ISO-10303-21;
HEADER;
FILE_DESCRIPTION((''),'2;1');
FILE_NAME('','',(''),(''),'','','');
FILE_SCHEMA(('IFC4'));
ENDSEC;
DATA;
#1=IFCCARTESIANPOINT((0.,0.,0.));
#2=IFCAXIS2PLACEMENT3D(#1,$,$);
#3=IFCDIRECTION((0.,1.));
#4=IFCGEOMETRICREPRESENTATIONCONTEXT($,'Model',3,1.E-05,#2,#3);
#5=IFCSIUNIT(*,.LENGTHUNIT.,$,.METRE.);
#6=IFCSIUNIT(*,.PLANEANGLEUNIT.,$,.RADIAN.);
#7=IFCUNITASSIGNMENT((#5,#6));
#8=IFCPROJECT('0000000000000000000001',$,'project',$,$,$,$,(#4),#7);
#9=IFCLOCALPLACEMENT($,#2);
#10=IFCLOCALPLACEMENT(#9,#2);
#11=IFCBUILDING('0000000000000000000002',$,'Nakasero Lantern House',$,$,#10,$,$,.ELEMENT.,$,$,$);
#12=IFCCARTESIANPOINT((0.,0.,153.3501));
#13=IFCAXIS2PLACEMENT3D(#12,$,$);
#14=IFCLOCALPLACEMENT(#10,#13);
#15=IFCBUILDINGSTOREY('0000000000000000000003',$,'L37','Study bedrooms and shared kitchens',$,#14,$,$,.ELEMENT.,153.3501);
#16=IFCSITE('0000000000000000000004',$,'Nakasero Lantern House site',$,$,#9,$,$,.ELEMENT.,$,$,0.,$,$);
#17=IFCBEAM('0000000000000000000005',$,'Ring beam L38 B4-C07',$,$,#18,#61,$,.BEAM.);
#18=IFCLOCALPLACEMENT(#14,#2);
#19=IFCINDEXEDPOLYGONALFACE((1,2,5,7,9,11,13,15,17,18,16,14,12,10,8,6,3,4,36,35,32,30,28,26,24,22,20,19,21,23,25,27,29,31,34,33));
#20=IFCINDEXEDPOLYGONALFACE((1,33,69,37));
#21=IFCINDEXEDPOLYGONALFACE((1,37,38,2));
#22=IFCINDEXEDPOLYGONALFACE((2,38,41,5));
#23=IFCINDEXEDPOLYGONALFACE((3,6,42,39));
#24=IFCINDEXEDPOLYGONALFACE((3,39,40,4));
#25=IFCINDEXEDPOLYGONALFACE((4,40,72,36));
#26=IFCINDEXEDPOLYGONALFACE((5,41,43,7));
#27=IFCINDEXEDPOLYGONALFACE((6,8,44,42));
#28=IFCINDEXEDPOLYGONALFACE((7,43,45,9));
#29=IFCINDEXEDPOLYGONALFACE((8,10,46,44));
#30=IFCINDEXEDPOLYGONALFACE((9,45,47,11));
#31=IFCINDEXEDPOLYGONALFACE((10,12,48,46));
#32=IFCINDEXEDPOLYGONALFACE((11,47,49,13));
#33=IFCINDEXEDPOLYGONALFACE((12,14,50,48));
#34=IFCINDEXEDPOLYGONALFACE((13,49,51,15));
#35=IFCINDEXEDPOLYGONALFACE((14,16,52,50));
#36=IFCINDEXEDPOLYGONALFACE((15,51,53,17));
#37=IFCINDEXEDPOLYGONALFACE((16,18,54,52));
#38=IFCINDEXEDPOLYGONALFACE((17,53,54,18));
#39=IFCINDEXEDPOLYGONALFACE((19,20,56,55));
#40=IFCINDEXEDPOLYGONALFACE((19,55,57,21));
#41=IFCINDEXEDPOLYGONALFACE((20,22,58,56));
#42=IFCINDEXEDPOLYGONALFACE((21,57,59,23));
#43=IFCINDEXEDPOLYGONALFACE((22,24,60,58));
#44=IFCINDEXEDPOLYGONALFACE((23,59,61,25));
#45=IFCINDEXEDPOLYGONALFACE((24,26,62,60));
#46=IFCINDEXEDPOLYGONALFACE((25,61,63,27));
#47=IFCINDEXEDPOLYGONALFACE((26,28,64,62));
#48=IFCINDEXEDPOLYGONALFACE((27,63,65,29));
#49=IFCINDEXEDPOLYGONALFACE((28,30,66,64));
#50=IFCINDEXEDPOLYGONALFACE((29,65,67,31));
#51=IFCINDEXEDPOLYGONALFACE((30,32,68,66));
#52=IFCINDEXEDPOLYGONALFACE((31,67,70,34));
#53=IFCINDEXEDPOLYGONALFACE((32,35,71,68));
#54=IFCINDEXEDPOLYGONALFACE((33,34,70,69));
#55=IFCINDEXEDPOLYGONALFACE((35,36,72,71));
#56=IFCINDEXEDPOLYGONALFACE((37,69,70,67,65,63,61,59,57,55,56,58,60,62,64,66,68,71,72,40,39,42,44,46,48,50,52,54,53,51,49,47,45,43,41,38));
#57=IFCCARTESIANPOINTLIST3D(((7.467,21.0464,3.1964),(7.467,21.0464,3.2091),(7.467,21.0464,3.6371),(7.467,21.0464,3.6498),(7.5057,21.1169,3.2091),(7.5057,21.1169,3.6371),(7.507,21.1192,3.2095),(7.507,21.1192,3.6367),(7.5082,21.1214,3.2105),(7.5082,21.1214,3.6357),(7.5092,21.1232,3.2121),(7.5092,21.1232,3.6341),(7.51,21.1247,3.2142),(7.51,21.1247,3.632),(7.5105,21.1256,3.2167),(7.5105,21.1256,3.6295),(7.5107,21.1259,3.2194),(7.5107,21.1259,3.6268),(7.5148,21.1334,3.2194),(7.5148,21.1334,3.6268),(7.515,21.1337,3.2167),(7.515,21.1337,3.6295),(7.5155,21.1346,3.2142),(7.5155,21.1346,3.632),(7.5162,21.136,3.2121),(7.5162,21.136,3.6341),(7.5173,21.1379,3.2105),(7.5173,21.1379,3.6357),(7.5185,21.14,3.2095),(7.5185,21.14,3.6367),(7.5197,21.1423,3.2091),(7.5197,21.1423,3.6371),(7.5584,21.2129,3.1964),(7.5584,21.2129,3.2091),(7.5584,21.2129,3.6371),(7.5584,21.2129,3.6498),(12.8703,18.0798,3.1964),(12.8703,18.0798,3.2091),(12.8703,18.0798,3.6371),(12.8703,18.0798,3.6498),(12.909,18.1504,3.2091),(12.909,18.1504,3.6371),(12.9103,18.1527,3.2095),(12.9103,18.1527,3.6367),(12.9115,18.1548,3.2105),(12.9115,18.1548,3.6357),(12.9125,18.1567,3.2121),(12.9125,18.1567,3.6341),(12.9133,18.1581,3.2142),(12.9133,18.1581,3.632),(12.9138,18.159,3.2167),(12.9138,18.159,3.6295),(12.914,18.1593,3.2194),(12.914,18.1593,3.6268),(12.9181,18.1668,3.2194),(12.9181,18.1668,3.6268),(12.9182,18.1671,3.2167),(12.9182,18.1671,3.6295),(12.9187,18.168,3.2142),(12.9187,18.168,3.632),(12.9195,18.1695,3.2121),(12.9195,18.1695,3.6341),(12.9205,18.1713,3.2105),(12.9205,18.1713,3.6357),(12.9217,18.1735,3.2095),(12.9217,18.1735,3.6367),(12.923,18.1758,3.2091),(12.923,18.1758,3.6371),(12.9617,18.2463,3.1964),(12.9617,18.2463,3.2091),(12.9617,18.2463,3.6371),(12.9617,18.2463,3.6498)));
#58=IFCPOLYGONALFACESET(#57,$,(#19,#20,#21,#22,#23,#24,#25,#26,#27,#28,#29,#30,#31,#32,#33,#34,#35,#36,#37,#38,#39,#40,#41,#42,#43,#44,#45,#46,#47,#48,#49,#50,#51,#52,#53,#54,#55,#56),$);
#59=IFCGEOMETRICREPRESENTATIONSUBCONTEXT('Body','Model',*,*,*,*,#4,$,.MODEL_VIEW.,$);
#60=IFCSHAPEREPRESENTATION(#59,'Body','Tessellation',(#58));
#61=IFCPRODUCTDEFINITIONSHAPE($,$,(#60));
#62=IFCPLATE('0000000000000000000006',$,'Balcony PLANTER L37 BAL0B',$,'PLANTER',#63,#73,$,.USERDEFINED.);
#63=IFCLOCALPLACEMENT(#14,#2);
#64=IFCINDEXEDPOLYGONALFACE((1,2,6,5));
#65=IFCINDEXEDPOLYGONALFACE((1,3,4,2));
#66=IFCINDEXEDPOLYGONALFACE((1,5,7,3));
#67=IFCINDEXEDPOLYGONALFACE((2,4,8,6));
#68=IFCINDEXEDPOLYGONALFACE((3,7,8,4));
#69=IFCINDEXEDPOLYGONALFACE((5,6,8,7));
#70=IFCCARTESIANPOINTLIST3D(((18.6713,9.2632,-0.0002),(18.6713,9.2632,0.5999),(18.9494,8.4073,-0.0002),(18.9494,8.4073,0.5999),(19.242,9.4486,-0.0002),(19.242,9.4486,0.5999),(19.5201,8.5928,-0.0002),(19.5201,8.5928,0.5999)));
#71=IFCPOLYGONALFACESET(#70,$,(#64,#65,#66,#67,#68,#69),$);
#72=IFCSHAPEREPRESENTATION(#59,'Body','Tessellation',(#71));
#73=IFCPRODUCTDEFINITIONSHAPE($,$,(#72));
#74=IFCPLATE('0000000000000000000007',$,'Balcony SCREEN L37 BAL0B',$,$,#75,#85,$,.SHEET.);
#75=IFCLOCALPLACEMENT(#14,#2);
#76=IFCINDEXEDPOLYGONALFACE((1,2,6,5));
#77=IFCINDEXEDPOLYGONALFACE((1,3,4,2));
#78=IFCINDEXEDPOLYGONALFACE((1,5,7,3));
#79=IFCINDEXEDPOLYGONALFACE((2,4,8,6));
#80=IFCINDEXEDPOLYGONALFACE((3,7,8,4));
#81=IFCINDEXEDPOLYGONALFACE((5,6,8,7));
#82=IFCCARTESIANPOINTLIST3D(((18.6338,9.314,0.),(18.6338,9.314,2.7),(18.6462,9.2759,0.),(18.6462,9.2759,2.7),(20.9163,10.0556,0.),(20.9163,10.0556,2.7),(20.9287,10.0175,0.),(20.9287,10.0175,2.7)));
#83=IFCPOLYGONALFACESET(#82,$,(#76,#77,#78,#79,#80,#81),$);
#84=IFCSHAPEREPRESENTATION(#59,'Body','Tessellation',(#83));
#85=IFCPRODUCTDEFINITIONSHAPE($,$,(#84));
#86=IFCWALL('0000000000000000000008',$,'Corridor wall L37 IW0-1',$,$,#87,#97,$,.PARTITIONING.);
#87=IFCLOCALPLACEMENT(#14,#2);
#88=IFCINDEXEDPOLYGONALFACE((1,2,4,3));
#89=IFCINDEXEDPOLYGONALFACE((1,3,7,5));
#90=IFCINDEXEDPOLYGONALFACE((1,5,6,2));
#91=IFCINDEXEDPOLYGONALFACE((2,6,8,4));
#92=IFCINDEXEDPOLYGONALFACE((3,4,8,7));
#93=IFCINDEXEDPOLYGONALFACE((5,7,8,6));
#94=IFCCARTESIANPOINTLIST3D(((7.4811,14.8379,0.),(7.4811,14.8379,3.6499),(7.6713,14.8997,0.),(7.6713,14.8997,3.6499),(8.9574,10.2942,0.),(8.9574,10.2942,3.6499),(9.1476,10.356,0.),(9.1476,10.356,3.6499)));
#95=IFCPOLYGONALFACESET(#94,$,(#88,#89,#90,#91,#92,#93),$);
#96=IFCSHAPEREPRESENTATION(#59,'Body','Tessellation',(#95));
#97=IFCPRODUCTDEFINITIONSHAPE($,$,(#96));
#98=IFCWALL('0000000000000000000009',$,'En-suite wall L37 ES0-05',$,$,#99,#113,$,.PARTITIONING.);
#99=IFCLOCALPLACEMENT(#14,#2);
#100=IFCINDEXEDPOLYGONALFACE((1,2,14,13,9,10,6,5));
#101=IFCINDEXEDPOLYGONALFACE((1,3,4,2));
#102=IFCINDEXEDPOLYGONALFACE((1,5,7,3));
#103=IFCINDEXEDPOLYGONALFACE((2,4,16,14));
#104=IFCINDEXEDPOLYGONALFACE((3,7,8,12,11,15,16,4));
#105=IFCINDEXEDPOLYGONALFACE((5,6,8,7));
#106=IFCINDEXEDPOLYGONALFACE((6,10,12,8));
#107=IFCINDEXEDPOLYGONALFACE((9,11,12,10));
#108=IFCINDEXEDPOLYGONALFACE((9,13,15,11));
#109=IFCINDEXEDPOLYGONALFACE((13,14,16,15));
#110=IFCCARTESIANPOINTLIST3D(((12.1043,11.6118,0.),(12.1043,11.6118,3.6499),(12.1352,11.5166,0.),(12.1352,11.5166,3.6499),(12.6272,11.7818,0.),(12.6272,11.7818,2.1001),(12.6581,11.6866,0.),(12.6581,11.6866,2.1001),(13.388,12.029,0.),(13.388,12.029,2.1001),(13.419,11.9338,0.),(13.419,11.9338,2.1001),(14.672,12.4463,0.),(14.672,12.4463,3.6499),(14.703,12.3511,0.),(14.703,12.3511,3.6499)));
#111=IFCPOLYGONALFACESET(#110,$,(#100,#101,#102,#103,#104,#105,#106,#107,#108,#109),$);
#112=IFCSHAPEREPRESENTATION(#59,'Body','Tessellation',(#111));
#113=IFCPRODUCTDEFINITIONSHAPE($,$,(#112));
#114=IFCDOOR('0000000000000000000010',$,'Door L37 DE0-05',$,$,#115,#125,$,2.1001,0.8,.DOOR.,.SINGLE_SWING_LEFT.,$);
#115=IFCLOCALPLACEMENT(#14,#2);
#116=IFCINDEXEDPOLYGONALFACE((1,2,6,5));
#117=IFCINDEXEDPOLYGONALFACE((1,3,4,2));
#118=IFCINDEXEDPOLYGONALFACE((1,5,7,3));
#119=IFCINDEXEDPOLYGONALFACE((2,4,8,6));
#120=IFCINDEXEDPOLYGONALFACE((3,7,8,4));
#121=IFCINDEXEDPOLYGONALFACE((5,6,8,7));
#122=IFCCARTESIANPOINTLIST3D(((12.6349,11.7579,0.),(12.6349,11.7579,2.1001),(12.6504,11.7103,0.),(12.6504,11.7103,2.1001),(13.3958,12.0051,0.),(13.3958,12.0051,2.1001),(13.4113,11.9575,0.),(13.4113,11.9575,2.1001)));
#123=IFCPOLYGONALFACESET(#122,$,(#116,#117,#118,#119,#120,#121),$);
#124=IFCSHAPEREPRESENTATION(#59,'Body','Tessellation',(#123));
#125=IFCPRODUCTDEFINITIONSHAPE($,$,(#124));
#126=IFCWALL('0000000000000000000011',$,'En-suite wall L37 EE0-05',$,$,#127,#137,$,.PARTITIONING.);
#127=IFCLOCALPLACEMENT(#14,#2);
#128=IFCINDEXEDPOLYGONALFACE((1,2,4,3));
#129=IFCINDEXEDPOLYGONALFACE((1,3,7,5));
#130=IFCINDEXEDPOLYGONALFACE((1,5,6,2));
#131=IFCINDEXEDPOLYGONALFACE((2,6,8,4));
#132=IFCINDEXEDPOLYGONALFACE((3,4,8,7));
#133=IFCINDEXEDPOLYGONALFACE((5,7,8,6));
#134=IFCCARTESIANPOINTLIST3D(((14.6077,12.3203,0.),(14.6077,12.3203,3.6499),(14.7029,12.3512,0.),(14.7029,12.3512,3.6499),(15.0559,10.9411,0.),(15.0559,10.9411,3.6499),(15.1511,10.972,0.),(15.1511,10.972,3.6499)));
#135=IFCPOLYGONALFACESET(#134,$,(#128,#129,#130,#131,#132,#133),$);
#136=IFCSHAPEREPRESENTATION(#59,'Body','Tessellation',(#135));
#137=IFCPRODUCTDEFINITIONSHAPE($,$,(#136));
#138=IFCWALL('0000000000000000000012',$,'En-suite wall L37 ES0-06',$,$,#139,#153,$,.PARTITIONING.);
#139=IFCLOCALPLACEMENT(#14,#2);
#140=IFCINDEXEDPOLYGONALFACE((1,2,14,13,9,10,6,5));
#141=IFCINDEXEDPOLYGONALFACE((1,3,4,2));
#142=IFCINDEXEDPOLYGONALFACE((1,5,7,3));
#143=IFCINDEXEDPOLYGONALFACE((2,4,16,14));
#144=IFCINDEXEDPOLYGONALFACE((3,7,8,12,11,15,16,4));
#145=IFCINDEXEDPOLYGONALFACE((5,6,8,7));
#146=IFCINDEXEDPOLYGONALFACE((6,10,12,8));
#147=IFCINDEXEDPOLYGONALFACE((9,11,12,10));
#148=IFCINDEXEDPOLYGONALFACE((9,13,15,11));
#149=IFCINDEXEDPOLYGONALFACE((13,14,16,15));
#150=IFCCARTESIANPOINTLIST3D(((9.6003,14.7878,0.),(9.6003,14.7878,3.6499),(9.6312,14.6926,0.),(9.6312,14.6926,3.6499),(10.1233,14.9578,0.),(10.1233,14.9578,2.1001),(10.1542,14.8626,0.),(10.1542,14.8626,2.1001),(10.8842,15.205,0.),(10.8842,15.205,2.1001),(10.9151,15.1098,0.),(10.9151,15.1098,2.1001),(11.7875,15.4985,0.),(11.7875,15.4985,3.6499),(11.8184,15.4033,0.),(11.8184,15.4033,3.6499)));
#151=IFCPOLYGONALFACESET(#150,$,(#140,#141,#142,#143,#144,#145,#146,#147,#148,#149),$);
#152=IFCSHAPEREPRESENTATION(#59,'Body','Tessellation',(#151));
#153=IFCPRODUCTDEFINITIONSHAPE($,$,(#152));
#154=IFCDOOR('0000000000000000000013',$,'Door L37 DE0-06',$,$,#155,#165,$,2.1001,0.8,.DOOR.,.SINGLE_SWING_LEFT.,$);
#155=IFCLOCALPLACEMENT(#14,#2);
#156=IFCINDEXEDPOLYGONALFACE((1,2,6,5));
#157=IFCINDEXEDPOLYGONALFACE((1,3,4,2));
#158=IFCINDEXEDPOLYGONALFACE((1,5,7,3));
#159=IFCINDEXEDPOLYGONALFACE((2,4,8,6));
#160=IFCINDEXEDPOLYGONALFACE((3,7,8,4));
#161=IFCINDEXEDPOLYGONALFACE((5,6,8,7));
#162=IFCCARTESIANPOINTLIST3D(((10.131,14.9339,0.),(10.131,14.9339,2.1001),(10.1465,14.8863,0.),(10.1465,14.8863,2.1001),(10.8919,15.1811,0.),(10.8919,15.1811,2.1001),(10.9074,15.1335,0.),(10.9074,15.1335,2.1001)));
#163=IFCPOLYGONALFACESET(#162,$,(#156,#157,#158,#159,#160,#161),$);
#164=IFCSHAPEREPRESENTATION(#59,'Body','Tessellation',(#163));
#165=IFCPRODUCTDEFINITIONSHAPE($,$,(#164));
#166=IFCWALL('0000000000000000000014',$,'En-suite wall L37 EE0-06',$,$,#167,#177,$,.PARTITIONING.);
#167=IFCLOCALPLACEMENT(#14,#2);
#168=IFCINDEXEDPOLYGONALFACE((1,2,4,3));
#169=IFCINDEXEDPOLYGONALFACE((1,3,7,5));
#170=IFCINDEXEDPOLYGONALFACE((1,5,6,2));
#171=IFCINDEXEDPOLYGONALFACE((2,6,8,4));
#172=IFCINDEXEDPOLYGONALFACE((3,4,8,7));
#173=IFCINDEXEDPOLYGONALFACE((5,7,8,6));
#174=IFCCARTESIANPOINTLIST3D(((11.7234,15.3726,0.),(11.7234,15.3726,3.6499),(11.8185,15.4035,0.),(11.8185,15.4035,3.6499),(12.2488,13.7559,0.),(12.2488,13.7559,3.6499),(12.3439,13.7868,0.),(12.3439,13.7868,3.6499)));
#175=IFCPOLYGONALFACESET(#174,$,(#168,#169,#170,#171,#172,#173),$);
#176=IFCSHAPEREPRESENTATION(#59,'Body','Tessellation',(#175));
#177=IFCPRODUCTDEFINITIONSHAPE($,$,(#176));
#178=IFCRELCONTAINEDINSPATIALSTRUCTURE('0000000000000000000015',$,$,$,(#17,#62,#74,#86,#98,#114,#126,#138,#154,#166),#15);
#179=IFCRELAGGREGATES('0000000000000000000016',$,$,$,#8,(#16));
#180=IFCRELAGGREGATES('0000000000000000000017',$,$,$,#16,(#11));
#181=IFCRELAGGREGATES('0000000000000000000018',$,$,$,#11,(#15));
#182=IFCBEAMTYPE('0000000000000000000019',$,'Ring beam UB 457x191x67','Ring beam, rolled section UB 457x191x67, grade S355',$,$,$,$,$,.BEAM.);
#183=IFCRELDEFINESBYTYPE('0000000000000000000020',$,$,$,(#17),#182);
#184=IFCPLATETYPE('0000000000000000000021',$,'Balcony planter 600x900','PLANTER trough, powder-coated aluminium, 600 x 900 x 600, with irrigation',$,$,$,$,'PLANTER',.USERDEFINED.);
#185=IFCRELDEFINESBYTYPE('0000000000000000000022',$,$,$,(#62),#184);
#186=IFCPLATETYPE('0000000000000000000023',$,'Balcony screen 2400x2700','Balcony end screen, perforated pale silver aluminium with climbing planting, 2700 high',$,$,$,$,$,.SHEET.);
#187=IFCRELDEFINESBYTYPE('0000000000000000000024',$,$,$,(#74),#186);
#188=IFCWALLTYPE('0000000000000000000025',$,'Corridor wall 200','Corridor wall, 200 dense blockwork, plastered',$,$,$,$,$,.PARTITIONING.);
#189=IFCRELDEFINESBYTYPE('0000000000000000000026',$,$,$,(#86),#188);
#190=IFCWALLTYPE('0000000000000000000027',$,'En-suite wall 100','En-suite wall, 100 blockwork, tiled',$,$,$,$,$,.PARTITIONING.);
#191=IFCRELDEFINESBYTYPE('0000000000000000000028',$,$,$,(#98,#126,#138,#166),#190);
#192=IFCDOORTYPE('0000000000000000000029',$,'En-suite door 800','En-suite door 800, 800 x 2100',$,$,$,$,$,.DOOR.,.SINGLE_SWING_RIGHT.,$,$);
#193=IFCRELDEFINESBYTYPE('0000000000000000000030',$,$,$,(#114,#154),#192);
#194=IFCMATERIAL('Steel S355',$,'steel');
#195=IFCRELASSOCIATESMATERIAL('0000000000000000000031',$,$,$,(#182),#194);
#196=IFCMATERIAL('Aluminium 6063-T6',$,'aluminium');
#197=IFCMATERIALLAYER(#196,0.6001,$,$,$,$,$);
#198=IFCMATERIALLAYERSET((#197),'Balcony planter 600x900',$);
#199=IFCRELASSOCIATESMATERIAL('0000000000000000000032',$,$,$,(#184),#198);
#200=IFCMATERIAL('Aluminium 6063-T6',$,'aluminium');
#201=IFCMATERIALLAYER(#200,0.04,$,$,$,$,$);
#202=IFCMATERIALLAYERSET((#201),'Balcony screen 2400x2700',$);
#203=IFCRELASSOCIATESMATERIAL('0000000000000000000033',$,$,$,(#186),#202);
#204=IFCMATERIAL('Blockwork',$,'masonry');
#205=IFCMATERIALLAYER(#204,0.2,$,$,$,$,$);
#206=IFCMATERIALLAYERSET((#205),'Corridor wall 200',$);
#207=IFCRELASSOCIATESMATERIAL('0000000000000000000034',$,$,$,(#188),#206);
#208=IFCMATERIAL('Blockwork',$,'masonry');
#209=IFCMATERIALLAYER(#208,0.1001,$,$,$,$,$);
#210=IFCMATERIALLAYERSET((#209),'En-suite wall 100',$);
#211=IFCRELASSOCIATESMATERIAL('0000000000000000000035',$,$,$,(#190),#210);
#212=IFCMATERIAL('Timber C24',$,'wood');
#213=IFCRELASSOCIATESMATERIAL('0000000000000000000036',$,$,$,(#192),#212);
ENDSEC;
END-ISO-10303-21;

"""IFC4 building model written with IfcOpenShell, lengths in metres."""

from ifc_helpers import new_model, si_unit, direction, frame, frame_2d, origin, origin_2d, place, context, subcontext, project, spatial, rectangle, i_section, extrude, material, layer, layer_set, material_profile, profile_set, type_object, element, fill, save


model = new_model("IFC4")

# Units and contexts
model_context = context("Model", 3, precision=1e-05, world=origin(), true_north=direction((0.0, 1.0)))
body_context = subcontext(model_context, "Body", "Model", "MODEL_VIEW")
ifc_project = project(units=[si_unit("LENGTHUNIT", "METRE"), si_unit("PLANEANGLEUNIT", "RADIAN")], contexts=[model_context])

# Site, building, storey
site_placement = place(None, origin())
site = spatial("IfcSite", under=ifc_project, at=site_placement, Name="Nakasero Lantern House site", CompositionType="ELEMENT", RefElevation=0.0)
building_placement = place(site_placement, origin())
building = spatial("IfcBuilding", under=site, at=building_placement, Name="Nakasero Lantern House", CompositionType="ELEMENT")
storey_placement = place(building_placement, frame((0.0, 0.0, 153.3501)))
storey = spatial("IfcBuildingStorey", under=building, at=storey_placement, Name="L37", Description="Study bedrooms and shared kitchens", CompositionType="ELEMENT", Elevation=153.3501)

# Beam
ifc_material_1 = material(Name="Steel S355", Category="steel")
ifc_material_profile_1 = material_profile(ifc_material_1, i_section(OverallWidth=0.1899, OverallDepth=0.4534, WebThickness=0.0085, FlangeThickness=0.0127, FilletRadius=0.0103, at=origin_2d()), Name="UB 457x191x67")
ifc_profile_set_1 = profile_set([ifc_material_profile_1], Name="Steel S355")
beam_type_1 = type_object("IfcBeamType", Name="Ring beam UB 457x191x67", Description="Ring beam, rolled section UB 457x191x67, grade S355", PredefinedType="BEAM", material=ifc_profile_set_1)
beam_1_placement = place(storey_placement, frame((12.916, 18.1631, 3.4231), z_axis=(-0.876577, 0.481262, 0.0), x_axis=(-0.481262, -0.876577, 0.0)))
element("IfcBeam", 1, at=beam_1_placement, inside=storey, type_object=beam_type_1, Name="Ring beam L38 B4-C07", PredefinedType="BEAM", context=body_context, shape_type="SweptSolid", body=[
    extrude(i_section(OverallWidth=0.1899, OverallDepth=0.4534, WebThickness=0.0085, FlangeThickness=0.0127, FilletRadius=0.0103, at=origin_2d()), origin(), (0.0, 0.0, 1.0), 6.1641),
])

# Plates
ifc_material_2 = material(Name="Aluminium 6063-T6", Category="aluminium")
ifc_layer_1 = layer(ifc_material_2, 0.6001)
ifc_layer_set_1 = layer_set([ifc_layer_1], Name="Balcony planter 600x900")
plate_type_1 = type_object("IfcPlateType", Name="Balcony planter 600x900", Description="PLANTER trough, powder-coated aluminium, 600 x 900 x 600, with irrigation", ElementType="PLANTER", PredefinedType="USERDEFINED", material=ifc_layer_set_1)
plate_1_placement = place(storey_placement, frame((19.0957, 8.928, -0.0002), z_axis=(0.0, 0.0, 1.0), x_axis=(0.951057, 0.309017, 0.0)))
element("IfcPlate", 2, at=plate_1_placement, inside=storey, type_object=plate_type_1, Name="Balcony PLANTER L37 BAL0B", ObjectType="PLANTER", PredefinedType="USERDEFINED", context=body_context, shape_type="SweptSolid", body=[
    extrude(rectangle(XDim=0.6001, YDim=0.8999, at=origin_2d()), origin(), (0.0, 0.0, 1.0), 0.6001),
])
ifc_material_3 = material(Name="Aluminium 6063-T6", Category="aluminium")
ifc_layer_2 = layer(ifc_material_3, 0.04)
ifc_layer_set_2 = layer_set([ifc_layer_2], Name="Balcony screen 2400x2700")
plate_type_2 = type_object("IfcPlateType", Name="Balcony screen 2400x2700", Description="Balcony end screen, perforated pale silver aluminium with climbing planting, 2700 high", PredefinedType="SHEET", material=ifc_layer_set_2)
plate_2_placement = place(storey_placement, frame((19.7812, 9.6658, 0.0), z_axis=(0.0, 0.0, 1.0), x_axis=(0.951057, 0.309017, 0.0)))
element("IfcPlate", 3, at=plate_2_placement, inside=storey, type_object=plate_type_2, Name="Balcony SCREEN L37 BAL0B", PredefinedType="SHEET", context=body_context, shape_type="SweptSolid", body=[
    extrude(rectangle(XDim=2.3999, YDim=0.04, at=origin_2d()), origin(), (0.0, 0.0, 1.0), 2.7),
])

# Wall
ifc_material_4 = material(Name="Blockwork", Category="masonry")
ifc_layer_3 = layer(ifc_material_4, 0.2)
ifc_layer_set_3 = layer_set([ifc_layer_3], Name="Corridor wall 200")
wall_type_1 = type_object("IfcWallType", Name="Corridor wall 200", Description="Corridor wall, 200 dense blockwork, plastered", PredefinedType="PARTITIONING", material=ifc_layer_set_3)
wall_1_placement = place(storey_placement, frame((9.0525, 10.3252, 0.0), z_axis=(0.0, 0.0, 1.0), x_axis=(-0.309013, 0.951058, 0.0)))
element("IfcWall", 4, at=wall_1_placement, inside=storey, type_object=wall_type_1, Name="Corridor wall L37 IW0-1", PredefinedType="PARTITIONING", context=body_context, shape_type="SweptSolid", body=[
    extrude(rectangle(XDim=4.7776, YDim=0.2, at=frame_2d((2.3887, 0.0))), origin(), (0.0, 0.0, 1.0), 3.6499),
])

# Wall, opening, door
ifc_material_5 = material(Name="Blockwork", Category="masonry")
ifc_layer_4 = layer(ifc_material_5, 0.1001)
ifc_layer_set_4 = layer_set([ifc_layer_4], Name="En-suite wall 100")
wall_type_2 = type_object("IfcWallType", Name="En-suite wall 100", Description="En-suite wall, 100 blockwork, tiled", PredefinedType="PARTITIONING", material=ifc_layer_set_4)
wall_2_placement = place(storey_placement, frame((12.1196, 11.5642, 0.0), z_axis=(0.0, 0.0, 1.0), x_axis=(0.951043, 0.309057, 0.0)))
wall_2 = element("IfcWall", 5, at=wall_2_placement, inside=storey, type_object=wall_type_2, Name="En-suite wall L37 ES0-05", PredefinedType="PARTITIONING", context=body_context, shape_type="SweptSolid", body=[
    extrude(rectangle(XDim=2.7, YDim=0.1001, at=frame_2d((1.3501, 0.0))), origin(), (0.0, 0.0, 1.0), 3.6499),
])
opening_1_placement = place(wall_2_placement, frame((0.55, 0.0, 0.0)))
opening_1 = element("IfcOpeningElement", 6, at=opening_1_placement, cuts=wall_2, PredefinedType="OPENING", context=body_context, shape_type="SweptSolid", body=[
    extrude(rectangle(XDim=0.8, YDim=2.1001, at=frame_2d((0.3999, 1.05))), frame((0.0, 0.0701, 0.0), z_axis=(0.0, -1.0, 0.0), x_axis=(1.0, 0.0, 0.0)), (0.0, 0.0, 1.0), 0.1401),
])
ifc_material_6 = material(Name="Timber C24", Category="wood")
door_type = type_object("IfcDoorType", Name="En-suite door 800", Description="En-suite door 800, 800 x 2100", OperationType="SINGLE_SWING_RIGHT", PredefinedType="DOOR", material=ifc_material_6)
door_1_placement = place(opening_1_placement, origin())
door_1 = element("IfcDoor", 7, at=door_1_placement, inside=storey, type_object=door_type, Name="Door L37 DE0-05", OperationType="SINGLE_SWING_LEFT", OverallHeight=2.1001, OverallWidth=0.8, PredefinedType="DOOR", context=body_context, shape_type="SweptSolid", body=[
    extrude(rectangle(XDim=0.8, YDim=2.1001, at=frame_2d((0.3999, 1.05))), frame((0.0, 0.0249, 0.0), z_axis=(0.0, -1.0, 0.0), x_axis=(1.0, 0.0, 0.0)), (0.0, 0.0, 1.0), 0.05),
])
fill(opening_1, door_1)

# Wall
wall_3_placement = place(storey_placement, frame((15.1035, 10.9565, 0.0), z_axis=(0.0, 0.0, 1.0), x_axis=(-0.309097, 0.95103, 0.0)))
element("IfcWall", 8, at=wall_3_placement, inside=storey, type_object=wall_type_2, Name="En-suite wall L37 EE0-05", PredefinedType="PARTITIONING", context=body_context, shape_type="SweptSolid", body=[
    extrude(rectangle(XDim=1.4502, YDim=0.1001, at=frame_2d((0.7251, 0.0))), origin(), (0.0, 0.0, 1.0), 3.6499),
])

# Wall, opening, door
wall_4_placement = place(storey_placement, frame((9.6157, 14.7402, 0.0), z_axis=(0.0, 0.0, 1.0), x_axis=(0.951055, 0.309021, 0.0)))
wall_4 = element("IfcWall", 9, at=wall_4_placement, inside=storey, type_object=wall_type_2, Name="En-suite wall L37 ES0-06", PredefinedType="PARTITIONING", context=body_context, shape_type="SweptSolid", body=[
    extrude(rectangle(XDim=2.2998, YDim=0.1001, at=frame_2d((1.1499, 0.0))), origin(), (0.0, 0.0, 1.0), 3.6499),
])
opening_2_placement = place(wall_4_placement, frame((0.55, 0.0, 0.0)))
opening_2 = element("IfcOpeningElement", 10, at=opening_2_placement, cuts=wall_4, PredefinedType="OPENING", context=body_context, shape_type="SweptSolid", body=[
    extrude(rectangle(XDim=0.8, YDim=2.1001, at=frame_2d((0.3999, 1.05))), frame((0.0, 0.0701, 0.0), z_axis=(0.0, -1.0, 0.0), x_axis=(1.0, 0.0, 0.0)), (0.0, 0.0, 1.0), 0.1401),
])
door_2_placement = place(opening_2_placement, origin())
door_2 = element("IfcDoor", 11, at=door_2_placement, inside=storey, type_object=door_type, Name="Door L37 DE0-06", OperationType="SINGLE_SWING_LEFT", OverallHeight=2.1001, OverallWidth=0.8, PredefinedType="DOOR", context=body_context, shape_type="SweptSolid", body=[
    extrude(rectangle(XDim=0.8, YDim=2.1001, at=frame_2d((0.3999, 1.05))), frame((0.0, 0.0249, 0.0), z_axis=(0.0, -1.0, 0.0), x_axis=(1.0, 0.0, 0.0)), (0.0, 0.0, 1.0), 0.05),
])
fill(opening_2, door_2)

# Wall
wall_5_placement = place(storey_placement, frame((12.2964, 13.7712, 0.0), z_axis=(0.0, 0.0, 1.0), x_axis=(-0.309067, 0.95104, 0.0)))
element("IfcWall", 12, at=wall_5_placement, inside=storey, type_object=wall_type_2, Name="En-suite wall L37 EE0-06", PredefinedType="PARTITIONING", context=body_context, shape_type="SweptSolid", body=[
    extrude(rectangle(XDim=1.7, YDim=0.1001, at=frame_2d((0.8501, 0.0))), origin(), (0.0, 0.0, 1.0), 3.6499),
])

save(model, "model.ifc")
